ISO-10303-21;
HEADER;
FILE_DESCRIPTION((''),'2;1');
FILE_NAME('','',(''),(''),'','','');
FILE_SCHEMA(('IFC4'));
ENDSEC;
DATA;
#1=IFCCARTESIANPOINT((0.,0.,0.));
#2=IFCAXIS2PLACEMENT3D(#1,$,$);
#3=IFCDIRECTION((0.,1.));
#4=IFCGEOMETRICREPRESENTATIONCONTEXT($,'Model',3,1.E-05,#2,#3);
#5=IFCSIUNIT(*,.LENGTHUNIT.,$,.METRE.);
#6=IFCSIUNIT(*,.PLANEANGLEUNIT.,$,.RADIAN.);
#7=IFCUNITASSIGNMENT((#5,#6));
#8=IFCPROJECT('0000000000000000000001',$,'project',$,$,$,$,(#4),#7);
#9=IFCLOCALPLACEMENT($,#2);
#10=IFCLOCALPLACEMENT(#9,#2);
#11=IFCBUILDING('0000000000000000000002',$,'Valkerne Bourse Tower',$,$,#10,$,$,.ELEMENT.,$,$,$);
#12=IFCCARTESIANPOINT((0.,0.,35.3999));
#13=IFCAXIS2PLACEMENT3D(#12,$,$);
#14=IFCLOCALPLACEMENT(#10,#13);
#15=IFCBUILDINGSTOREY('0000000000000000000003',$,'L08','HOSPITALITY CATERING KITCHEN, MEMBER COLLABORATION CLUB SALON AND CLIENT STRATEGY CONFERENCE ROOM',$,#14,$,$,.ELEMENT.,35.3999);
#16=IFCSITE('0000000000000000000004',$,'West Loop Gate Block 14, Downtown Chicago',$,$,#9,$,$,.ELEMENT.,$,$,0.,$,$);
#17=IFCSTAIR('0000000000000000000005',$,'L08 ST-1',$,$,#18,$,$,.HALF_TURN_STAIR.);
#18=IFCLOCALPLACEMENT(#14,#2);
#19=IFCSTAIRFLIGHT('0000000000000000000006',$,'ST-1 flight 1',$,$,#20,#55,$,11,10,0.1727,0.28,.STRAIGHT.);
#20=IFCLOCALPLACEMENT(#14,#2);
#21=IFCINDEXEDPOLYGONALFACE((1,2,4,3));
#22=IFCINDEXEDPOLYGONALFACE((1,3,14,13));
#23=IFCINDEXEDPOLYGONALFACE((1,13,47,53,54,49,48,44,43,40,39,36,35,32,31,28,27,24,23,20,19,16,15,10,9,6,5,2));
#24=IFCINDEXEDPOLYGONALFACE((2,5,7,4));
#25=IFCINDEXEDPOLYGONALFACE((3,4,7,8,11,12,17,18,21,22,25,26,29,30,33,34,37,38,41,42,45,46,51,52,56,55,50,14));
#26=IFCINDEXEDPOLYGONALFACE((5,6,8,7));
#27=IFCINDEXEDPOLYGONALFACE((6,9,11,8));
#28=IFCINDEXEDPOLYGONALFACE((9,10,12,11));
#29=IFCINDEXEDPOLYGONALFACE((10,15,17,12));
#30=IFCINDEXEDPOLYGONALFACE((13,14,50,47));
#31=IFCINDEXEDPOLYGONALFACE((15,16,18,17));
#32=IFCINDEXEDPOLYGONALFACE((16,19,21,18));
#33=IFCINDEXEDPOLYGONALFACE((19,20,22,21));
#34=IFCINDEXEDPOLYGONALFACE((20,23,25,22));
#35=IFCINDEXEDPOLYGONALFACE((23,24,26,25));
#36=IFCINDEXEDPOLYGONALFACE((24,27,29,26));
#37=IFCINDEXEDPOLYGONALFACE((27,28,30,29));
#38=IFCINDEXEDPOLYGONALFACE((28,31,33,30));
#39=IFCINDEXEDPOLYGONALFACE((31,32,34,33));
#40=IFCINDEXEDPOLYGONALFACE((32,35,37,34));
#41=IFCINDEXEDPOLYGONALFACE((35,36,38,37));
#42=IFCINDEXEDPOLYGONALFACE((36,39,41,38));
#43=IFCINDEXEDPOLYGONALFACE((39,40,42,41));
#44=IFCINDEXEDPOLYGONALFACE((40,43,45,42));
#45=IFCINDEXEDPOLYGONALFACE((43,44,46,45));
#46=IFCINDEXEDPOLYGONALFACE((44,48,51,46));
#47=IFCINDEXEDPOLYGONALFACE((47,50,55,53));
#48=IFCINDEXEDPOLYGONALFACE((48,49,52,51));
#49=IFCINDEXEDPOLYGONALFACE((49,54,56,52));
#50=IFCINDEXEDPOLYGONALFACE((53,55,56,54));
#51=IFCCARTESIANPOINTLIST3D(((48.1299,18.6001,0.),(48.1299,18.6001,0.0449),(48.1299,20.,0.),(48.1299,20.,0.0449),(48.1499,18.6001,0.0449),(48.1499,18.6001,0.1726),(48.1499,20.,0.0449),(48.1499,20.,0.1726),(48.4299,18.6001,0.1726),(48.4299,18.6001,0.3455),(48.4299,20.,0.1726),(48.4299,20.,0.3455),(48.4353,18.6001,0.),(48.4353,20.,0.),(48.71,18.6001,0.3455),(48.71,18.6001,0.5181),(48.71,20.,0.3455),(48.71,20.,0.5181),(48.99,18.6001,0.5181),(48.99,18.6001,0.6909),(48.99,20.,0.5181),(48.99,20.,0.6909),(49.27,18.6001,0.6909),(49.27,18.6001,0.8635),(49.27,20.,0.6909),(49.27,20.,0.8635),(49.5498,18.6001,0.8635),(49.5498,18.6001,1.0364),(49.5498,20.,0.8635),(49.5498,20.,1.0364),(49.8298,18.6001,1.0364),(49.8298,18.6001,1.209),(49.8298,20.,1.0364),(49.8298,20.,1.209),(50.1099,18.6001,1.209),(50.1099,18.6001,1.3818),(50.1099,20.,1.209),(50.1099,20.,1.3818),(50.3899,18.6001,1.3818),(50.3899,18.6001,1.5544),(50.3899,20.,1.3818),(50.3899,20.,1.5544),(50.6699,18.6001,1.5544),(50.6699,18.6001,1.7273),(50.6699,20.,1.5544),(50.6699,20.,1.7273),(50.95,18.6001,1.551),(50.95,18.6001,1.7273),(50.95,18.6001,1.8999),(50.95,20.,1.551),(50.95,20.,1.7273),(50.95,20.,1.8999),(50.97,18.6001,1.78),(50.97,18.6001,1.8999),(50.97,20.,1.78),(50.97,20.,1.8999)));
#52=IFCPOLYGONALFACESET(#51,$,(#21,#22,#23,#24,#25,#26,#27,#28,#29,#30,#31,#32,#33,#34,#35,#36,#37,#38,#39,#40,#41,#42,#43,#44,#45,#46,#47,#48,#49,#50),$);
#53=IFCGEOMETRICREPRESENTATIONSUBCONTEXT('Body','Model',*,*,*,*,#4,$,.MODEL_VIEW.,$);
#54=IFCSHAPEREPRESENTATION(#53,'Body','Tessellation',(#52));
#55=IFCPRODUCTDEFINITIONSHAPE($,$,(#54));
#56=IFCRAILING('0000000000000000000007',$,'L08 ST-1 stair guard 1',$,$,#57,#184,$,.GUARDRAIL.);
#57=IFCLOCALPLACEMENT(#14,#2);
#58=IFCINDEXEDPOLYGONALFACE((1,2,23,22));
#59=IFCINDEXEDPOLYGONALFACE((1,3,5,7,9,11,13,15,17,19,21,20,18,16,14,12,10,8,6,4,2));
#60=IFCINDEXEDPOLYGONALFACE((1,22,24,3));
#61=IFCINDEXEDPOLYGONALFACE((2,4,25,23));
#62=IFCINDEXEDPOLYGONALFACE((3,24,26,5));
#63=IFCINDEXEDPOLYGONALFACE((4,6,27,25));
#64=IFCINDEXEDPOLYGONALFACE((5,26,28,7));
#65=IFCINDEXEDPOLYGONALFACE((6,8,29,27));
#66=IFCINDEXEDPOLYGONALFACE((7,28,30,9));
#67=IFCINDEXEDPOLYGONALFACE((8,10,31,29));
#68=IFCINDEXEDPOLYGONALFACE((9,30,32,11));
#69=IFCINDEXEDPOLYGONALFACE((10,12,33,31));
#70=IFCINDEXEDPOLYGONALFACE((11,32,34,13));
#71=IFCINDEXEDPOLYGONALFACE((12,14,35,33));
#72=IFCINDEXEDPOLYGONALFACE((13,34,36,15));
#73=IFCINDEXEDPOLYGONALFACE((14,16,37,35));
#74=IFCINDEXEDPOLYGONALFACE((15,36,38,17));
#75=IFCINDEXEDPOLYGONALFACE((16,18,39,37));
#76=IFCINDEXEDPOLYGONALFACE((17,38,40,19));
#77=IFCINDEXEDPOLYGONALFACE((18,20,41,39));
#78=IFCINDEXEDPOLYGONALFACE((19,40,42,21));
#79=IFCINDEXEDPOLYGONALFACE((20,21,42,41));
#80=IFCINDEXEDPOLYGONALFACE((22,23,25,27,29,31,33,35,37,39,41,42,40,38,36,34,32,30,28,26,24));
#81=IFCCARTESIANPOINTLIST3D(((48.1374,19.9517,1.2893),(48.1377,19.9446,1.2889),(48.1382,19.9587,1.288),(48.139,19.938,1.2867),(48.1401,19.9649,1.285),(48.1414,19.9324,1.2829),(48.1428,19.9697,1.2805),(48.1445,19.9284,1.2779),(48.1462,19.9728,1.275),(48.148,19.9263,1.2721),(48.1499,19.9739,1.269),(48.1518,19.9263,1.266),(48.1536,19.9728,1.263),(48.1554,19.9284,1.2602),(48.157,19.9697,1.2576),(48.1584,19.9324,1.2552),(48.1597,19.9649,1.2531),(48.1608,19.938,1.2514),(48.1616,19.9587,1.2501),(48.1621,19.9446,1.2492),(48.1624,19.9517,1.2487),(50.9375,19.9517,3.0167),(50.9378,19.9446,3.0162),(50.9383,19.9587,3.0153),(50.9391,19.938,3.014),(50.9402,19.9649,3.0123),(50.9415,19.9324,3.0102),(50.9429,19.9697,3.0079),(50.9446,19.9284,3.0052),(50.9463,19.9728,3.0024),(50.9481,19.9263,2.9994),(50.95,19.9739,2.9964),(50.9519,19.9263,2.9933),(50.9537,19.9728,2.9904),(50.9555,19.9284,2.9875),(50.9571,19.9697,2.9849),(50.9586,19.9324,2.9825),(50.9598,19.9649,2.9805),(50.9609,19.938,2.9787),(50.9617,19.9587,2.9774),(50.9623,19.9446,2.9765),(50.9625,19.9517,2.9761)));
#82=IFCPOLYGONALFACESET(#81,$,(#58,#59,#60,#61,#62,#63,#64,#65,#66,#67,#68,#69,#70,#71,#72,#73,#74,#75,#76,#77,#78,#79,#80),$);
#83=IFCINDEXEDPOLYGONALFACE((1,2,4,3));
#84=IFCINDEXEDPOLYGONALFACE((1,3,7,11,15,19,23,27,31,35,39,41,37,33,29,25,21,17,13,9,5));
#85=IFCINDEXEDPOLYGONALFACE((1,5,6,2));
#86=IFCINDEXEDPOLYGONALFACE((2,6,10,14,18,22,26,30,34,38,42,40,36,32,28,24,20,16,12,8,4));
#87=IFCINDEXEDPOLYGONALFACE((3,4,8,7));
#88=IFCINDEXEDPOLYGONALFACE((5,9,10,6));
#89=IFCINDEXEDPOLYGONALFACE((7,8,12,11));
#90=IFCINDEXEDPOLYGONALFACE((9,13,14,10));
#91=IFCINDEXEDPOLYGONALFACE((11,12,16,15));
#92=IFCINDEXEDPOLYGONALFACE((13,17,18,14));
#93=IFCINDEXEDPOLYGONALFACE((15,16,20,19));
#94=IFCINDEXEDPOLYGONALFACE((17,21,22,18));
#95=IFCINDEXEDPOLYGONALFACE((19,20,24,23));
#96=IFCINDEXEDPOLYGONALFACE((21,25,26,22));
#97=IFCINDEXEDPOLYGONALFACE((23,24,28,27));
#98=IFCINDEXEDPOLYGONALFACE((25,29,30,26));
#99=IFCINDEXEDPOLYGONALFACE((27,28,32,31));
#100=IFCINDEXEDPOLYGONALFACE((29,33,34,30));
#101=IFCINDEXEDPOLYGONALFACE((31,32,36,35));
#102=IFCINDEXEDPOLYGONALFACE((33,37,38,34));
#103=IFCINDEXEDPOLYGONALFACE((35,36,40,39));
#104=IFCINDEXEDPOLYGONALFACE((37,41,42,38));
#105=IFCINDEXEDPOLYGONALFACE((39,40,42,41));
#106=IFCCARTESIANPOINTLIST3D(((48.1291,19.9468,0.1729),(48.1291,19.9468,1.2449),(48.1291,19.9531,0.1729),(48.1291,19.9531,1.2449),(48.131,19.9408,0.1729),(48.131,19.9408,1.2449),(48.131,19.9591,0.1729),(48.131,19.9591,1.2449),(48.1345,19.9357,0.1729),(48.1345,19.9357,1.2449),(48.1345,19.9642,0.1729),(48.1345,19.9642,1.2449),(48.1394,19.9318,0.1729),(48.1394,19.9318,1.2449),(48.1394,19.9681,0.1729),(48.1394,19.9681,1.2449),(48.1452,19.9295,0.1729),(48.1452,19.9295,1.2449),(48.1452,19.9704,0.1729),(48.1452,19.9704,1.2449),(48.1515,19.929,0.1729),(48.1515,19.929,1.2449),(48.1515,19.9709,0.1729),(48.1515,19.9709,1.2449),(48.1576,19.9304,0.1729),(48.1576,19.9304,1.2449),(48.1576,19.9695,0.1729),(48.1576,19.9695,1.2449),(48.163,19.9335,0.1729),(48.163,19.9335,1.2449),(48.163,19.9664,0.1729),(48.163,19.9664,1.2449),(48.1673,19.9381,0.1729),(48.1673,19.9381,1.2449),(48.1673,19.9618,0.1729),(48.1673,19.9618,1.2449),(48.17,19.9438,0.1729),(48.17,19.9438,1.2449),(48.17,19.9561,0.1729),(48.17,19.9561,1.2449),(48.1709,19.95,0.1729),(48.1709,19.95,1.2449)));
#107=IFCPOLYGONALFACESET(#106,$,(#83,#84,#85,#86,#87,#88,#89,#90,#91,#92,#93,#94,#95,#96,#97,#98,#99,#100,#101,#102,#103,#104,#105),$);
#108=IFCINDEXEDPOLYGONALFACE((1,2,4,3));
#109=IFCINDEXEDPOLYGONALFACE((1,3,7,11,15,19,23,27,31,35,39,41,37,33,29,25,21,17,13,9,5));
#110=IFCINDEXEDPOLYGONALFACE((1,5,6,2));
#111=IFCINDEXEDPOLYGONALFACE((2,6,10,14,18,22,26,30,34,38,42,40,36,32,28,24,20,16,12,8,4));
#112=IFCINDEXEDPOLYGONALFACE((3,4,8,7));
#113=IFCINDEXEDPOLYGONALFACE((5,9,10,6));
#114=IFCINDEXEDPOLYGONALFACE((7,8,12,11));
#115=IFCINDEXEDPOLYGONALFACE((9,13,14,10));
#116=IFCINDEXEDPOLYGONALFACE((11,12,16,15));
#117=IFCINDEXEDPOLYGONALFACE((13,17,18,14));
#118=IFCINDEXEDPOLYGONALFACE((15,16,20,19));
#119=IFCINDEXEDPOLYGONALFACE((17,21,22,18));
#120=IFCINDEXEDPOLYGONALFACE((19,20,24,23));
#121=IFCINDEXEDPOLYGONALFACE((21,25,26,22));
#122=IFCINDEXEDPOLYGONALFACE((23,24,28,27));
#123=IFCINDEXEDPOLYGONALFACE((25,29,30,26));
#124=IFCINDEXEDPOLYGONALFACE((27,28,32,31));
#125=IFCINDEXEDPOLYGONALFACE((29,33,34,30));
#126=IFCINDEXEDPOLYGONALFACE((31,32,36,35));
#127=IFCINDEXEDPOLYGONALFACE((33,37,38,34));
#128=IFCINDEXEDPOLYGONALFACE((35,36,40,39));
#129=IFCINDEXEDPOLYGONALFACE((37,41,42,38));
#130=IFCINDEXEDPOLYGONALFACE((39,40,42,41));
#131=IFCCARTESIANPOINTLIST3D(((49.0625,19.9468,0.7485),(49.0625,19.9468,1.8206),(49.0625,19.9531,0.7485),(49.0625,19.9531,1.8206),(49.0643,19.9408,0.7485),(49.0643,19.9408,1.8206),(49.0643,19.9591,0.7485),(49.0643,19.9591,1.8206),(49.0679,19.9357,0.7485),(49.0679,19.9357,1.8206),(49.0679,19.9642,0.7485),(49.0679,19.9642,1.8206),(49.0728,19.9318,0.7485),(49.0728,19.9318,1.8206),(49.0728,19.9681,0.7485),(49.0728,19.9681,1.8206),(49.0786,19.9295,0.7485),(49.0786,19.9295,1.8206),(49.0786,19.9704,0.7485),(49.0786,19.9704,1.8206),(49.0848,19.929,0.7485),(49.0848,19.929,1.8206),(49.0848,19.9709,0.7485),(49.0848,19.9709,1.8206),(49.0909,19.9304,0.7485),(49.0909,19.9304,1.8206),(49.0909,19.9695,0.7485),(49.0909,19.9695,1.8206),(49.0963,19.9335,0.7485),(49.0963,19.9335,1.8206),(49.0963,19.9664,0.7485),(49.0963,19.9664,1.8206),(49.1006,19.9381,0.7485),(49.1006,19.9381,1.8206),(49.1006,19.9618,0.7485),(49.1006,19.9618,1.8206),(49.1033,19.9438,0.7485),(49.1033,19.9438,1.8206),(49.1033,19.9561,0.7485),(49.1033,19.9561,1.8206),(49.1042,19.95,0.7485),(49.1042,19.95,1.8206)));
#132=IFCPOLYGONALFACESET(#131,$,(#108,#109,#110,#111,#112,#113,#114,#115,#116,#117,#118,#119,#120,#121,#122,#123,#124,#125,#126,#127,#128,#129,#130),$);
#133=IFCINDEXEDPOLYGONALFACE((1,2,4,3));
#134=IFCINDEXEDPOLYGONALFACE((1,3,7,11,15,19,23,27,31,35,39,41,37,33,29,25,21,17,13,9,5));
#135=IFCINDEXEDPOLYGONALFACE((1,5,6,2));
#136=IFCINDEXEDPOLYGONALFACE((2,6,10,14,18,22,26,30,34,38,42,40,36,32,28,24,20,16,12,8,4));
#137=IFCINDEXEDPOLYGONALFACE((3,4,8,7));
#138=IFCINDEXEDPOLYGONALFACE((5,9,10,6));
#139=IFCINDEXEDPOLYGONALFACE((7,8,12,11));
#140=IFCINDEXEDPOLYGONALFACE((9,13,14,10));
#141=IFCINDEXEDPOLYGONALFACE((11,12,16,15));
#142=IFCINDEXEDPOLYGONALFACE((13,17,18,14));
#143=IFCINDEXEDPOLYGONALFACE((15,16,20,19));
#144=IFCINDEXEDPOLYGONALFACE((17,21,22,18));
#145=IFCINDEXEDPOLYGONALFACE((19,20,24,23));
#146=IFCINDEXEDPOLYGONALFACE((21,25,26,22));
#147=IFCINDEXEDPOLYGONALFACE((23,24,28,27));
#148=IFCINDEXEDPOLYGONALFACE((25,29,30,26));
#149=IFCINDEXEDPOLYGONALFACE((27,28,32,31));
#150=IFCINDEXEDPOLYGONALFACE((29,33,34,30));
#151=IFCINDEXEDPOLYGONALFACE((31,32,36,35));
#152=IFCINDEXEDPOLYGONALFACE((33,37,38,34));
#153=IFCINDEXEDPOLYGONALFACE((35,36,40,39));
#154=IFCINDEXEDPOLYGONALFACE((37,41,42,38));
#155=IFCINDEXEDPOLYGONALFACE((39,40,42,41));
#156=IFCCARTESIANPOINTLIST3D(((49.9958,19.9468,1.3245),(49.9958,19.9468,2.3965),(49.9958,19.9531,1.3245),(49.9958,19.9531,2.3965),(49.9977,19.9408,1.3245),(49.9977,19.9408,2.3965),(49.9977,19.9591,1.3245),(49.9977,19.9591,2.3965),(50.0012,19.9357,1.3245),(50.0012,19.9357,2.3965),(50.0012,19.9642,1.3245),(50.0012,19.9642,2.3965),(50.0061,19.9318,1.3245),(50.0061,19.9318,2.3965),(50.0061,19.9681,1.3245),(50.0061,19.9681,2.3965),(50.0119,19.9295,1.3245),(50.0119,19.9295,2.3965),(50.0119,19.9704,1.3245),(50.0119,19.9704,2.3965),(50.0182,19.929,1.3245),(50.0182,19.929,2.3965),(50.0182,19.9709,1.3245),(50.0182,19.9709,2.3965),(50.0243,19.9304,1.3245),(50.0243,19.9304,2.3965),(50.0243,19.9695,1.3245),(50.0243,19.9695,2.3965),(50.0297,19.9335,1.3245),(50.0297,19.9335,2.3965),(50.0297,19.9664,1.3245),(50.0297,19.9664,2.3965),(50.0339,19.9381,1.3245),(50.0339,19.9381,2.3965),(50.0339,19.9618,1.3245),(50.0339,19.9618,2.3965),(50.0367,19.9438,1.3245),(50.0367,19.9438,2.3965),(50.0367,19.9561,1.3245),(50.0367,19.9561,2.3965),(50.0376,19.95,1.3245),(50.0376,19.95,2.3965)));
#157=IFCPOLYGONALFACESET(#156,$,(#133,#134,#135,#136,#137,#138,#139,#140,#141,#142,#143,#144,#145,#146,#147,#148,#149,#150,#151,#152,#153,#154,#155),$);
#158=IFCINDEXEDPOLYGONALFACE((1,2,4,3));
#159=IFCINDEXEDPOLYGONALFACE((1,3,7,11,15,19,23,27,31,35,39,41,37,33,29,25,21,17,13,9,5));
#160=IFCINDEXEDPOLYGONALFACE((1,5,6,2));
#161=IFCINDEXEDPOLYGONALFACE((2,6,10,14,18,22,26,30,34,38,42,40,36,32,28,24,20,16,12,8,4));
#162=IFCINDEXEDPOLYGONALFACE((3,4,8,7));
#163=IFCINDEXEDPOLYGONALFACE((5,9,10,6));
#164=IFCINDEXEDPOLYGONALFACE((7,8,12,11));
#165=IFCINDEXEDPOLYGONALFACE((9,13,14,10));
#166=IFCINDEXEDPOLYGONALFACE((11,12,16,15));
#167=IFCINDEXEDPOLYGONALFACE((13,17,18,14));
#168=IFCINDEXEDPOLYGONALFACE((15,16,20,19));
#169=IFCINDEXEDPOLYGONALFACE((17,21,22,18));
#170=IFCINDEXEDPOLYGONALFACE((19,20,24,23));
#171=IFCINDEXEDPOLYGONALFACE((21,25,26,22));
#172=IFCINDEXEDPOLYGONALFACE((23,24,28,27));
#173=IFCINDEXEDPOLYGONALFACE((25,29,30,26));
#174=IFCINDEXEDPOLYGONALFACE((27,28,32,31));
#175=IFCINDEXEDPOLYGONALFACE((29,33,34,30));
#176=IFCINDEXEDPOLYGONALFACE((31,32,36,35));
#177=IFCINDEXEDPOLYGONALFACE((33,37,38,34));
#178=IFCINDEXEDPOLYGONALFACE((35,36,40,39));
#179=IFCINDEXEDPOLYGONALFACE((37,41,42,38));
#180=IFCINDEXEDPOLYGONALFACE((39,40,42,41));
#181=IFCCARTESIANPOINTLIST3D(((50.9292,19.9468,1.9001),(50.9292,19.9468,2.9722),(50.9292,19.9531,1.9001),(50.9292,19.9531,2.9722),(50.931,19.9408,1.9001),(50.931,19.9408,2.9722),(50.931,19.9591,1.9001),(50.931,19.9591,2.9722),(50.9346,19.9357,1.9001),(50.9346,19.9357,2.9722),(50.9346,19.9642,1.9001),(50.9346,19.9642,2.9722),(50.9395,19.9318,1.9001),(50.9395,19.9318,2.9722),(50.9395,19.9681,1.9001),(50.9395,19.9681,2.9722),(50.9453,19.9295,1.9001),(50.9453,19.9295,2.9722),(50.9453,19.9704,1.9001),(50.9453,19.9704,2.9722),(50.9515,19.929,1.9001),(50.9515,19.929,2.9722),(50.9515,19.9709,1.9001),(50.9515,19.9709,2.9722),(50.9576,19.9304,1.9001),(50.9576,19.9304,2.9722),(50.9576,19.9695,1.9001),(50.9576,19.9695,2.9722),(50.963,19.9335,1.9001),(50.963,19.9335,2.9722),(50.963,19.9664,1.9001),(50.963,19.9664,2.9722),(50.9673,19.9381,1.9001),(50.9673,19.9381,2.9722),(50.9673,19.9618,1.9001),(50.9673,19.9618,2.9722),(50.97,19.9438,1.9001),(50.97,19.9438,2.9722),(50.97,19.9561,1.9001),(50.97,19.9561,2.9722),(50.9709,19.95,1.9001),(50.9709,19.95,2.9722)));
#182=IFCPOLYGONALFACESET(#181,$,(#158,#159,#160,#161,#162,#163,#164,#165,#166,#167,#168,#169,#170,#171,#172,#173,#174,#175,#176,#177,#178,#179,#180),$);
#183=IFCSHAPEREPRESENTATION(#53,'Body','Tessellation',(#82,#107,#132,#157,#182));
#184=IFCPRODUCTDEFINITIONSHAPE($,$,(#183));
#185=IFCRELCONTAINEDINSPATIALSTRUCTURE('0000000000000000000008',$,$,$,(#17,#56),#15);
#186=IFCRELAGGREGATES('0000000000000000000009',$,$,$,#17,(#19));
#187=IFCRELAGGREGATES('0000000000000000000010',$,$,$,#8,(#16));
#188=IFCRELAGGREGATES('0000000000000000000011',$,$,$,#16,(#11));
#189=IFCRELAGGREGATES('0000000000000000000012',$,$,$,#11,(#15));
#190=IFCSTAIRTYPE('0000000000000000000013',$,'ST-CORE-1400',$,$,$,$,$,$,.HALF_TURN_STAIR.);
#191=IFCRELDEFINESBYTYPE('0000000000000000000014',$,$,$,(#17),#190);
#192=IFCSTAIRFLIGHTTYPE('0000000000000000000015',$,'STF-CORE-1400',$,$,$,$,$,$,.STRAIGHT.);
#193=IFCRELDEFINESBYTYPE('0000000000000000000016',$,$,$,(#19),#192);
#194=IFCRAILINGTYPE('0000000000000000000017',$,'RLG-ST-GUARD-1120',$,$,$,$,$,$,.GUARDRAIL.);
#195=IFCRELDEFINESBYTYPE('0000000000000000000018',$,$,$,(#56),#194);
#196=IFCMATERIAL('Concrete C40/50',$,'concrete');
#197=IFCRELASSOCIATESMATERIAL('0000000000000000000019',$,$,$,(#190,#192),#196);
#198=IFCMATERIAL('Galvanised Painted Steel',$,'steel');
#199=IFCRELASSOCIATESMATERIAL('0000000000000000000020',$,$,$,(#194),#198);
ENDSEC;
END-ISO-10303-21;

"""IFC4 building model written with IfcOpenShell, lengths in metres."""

from ifc_helpers import new_model, si_unit, direction, frame, origin, origin_2d, place, context, subcontext, project, spatial, polyline, circle, outline, extrude, material, type_object, element, aggregate, save


model = new_model("IFC4")

# Units and contexts
model_context = context("Model", 3, precision=1e-05, world=origin(), true_north=direction((0.0, 1.0)))
body_context = subcontext(model_context, "Body", "Model", "MODEL_VIEW")
ifc_project = project(units=[si_unit("LENGTHUNIT", "METRE"), si_unit("PLANEANGLEUNIT", "RADIAN")], contexts=[model_context])

# Site, building, storey
site_placement = place(None, origin())
site = spatial("IfcSite", under=ifc_project, at=site_placement, Name="West Loop Gate Block 14, Downtown Chicago", CompositionType="ELEMENT", RefElevation=0.0)
building_placement = place(site_placement, origin())
building = spatial("IfcBuilding", under=site, at=building_placement, Name="Valkerne Bourse Tower", CompositionType="ELEMENT")
storey_placement = place(building_placement, frame((0.0, 0.0, 35.3999)))
storey = spatial("IfcBuildingStorey", under=building, at=storey_placement, Name="L08", Description="HOSPITALITY CATERING KITCHEN, MEMBER COLLABORATION CLUB SALON AND CLIENT STRATEGY CONFERENCE ROOM", CompositionType="ELEMENT", Elevation=35.3999)

# Shared definitions
ifc_material_1 = material(Name="Galvanised Painted Steel", Category="steel")

# Stair, stair flight
ifc_material_2 = material(Name="Concrete C40/50", Category="concrete")
stair_type = type_object("IfcStairType", Name="ST-CORE-1400", PredefinedType="HALF_TURN_STAIR", material=ifc_material_2)
stair_placement = place(storey_placement, origin())
stair = element("IfcStair", 1, at=stair_placement, inside=storey, type_object=stair_type, Name="L08 ST-1", PredefinedType="HALF_TURN_STAIR")
stair_flight_type = type_object("IfcStairFlightType", Name="STF-CORE-1400", PredefinedType="STRAIGHT", material=ifc_material_2)
stair_flight_placement = place(storey_placement, frame((48.1499, 19.3, 0.0), z_axis=(0.0, 0.0, 1.0), x_axis=(1.0, 0.0, 0.0)))
stair_flight = element("IfcStairFlight", 2, at=stair_flight_placement, type_object=stair_flight_type, Name="ST-1 flight 1", NumberOfRisers=11, NumberOfTreads=10, PredefinedType="STRAIGHT", RiserHeight=0.1727, TreadLength=0.28, context=body_context, shape_type="SweptSolid", body=[
    extrude(outline(polyline([(-0.02, 0.0), (-0.02, 0.0449), (0.0, 0.0449), (0.0, 0.1726), (0.28, 0.1726), (0.28, 0.3455), (0.5601, 0.3455), (0.5601, 0.5181), (0.8401, 0.5181), (0.8401, 0.6909), (1.1201, 0.6909), (1.1201, 0.8635), (1.3999, 0.8635), (1.3999, 1.0364), (1.6799, 1.0364), (1.6799, 1.209), (1.96, 1.209), (1.96, 1.3818), (2.24, 1.3818), (2.24, 1.5544), (2.52, 1.5544), (2.52, 1.7273), (2.8, 1.7273), (2.8, 1.8999), (2.8201, 1.8999), (2.8201, 1.78), (2.8, 1.551), (0.2854, 0.0), (-0.02, 0.0)])), frame((0.0, 0.7, 0.0), z_axis=(0.0, -1.0, 0.0), x_axis=(1.0, 0.0, 0.0)), (0.0, 0.0, 1.0), 1.3999),
])
aggregate(stair, [stair_flight])

# Railing
railing_type_1 = type_object("IfcRailingType", Name="RLG-ST-GUARD-1120", PredefinedType="GUARDRAIL", material=ifc_material_1)
railing_1_placement = place(storey_placement, frame((48.1499, 19.95, 0.1729)))
element("IfcRailing", 3, at=railing_1_placement, inside=storey, type_object=railing_type_1, Name="L08 ST-1 stair guard 1", PredefinedType="GUARDRAIL", context=body_context, shape_type="SweptSolid", body=[
    extrude(circle(Radius=0.0239, at=origin_2d()), frame((0.0, 0.0, 1.0962), z_axis=(0.85109, 0.0, 0.52502), x_axis=(0.0, 1.0, 0.0)), (0.0, 0.0, 1.0), 3.29),
    extrude(circle(Radius=0.021, at=origin_2d()), origin(), (0.0, 0.0, 1.0), 1.072),
    extrude(circle(Radius=0.021, at=origin_2d()), frame((0.9333, 0.0, 0.5757)), (0.0, 0.0, 1.0), 1.072),
    extrude(circle(Radius=0.021, at=origin_2d()), frame((1.8667, 0.0, 1.1516)), (0.0, 0.0, 1.0), 1.072),
    extrude(circle(Radius=0.021, at=origin_2d()), frame((2.8, 0.0, 1.7273)), (0.0, 0.0, 1.0), 1.072),
])

save(model, "model.ifc")
